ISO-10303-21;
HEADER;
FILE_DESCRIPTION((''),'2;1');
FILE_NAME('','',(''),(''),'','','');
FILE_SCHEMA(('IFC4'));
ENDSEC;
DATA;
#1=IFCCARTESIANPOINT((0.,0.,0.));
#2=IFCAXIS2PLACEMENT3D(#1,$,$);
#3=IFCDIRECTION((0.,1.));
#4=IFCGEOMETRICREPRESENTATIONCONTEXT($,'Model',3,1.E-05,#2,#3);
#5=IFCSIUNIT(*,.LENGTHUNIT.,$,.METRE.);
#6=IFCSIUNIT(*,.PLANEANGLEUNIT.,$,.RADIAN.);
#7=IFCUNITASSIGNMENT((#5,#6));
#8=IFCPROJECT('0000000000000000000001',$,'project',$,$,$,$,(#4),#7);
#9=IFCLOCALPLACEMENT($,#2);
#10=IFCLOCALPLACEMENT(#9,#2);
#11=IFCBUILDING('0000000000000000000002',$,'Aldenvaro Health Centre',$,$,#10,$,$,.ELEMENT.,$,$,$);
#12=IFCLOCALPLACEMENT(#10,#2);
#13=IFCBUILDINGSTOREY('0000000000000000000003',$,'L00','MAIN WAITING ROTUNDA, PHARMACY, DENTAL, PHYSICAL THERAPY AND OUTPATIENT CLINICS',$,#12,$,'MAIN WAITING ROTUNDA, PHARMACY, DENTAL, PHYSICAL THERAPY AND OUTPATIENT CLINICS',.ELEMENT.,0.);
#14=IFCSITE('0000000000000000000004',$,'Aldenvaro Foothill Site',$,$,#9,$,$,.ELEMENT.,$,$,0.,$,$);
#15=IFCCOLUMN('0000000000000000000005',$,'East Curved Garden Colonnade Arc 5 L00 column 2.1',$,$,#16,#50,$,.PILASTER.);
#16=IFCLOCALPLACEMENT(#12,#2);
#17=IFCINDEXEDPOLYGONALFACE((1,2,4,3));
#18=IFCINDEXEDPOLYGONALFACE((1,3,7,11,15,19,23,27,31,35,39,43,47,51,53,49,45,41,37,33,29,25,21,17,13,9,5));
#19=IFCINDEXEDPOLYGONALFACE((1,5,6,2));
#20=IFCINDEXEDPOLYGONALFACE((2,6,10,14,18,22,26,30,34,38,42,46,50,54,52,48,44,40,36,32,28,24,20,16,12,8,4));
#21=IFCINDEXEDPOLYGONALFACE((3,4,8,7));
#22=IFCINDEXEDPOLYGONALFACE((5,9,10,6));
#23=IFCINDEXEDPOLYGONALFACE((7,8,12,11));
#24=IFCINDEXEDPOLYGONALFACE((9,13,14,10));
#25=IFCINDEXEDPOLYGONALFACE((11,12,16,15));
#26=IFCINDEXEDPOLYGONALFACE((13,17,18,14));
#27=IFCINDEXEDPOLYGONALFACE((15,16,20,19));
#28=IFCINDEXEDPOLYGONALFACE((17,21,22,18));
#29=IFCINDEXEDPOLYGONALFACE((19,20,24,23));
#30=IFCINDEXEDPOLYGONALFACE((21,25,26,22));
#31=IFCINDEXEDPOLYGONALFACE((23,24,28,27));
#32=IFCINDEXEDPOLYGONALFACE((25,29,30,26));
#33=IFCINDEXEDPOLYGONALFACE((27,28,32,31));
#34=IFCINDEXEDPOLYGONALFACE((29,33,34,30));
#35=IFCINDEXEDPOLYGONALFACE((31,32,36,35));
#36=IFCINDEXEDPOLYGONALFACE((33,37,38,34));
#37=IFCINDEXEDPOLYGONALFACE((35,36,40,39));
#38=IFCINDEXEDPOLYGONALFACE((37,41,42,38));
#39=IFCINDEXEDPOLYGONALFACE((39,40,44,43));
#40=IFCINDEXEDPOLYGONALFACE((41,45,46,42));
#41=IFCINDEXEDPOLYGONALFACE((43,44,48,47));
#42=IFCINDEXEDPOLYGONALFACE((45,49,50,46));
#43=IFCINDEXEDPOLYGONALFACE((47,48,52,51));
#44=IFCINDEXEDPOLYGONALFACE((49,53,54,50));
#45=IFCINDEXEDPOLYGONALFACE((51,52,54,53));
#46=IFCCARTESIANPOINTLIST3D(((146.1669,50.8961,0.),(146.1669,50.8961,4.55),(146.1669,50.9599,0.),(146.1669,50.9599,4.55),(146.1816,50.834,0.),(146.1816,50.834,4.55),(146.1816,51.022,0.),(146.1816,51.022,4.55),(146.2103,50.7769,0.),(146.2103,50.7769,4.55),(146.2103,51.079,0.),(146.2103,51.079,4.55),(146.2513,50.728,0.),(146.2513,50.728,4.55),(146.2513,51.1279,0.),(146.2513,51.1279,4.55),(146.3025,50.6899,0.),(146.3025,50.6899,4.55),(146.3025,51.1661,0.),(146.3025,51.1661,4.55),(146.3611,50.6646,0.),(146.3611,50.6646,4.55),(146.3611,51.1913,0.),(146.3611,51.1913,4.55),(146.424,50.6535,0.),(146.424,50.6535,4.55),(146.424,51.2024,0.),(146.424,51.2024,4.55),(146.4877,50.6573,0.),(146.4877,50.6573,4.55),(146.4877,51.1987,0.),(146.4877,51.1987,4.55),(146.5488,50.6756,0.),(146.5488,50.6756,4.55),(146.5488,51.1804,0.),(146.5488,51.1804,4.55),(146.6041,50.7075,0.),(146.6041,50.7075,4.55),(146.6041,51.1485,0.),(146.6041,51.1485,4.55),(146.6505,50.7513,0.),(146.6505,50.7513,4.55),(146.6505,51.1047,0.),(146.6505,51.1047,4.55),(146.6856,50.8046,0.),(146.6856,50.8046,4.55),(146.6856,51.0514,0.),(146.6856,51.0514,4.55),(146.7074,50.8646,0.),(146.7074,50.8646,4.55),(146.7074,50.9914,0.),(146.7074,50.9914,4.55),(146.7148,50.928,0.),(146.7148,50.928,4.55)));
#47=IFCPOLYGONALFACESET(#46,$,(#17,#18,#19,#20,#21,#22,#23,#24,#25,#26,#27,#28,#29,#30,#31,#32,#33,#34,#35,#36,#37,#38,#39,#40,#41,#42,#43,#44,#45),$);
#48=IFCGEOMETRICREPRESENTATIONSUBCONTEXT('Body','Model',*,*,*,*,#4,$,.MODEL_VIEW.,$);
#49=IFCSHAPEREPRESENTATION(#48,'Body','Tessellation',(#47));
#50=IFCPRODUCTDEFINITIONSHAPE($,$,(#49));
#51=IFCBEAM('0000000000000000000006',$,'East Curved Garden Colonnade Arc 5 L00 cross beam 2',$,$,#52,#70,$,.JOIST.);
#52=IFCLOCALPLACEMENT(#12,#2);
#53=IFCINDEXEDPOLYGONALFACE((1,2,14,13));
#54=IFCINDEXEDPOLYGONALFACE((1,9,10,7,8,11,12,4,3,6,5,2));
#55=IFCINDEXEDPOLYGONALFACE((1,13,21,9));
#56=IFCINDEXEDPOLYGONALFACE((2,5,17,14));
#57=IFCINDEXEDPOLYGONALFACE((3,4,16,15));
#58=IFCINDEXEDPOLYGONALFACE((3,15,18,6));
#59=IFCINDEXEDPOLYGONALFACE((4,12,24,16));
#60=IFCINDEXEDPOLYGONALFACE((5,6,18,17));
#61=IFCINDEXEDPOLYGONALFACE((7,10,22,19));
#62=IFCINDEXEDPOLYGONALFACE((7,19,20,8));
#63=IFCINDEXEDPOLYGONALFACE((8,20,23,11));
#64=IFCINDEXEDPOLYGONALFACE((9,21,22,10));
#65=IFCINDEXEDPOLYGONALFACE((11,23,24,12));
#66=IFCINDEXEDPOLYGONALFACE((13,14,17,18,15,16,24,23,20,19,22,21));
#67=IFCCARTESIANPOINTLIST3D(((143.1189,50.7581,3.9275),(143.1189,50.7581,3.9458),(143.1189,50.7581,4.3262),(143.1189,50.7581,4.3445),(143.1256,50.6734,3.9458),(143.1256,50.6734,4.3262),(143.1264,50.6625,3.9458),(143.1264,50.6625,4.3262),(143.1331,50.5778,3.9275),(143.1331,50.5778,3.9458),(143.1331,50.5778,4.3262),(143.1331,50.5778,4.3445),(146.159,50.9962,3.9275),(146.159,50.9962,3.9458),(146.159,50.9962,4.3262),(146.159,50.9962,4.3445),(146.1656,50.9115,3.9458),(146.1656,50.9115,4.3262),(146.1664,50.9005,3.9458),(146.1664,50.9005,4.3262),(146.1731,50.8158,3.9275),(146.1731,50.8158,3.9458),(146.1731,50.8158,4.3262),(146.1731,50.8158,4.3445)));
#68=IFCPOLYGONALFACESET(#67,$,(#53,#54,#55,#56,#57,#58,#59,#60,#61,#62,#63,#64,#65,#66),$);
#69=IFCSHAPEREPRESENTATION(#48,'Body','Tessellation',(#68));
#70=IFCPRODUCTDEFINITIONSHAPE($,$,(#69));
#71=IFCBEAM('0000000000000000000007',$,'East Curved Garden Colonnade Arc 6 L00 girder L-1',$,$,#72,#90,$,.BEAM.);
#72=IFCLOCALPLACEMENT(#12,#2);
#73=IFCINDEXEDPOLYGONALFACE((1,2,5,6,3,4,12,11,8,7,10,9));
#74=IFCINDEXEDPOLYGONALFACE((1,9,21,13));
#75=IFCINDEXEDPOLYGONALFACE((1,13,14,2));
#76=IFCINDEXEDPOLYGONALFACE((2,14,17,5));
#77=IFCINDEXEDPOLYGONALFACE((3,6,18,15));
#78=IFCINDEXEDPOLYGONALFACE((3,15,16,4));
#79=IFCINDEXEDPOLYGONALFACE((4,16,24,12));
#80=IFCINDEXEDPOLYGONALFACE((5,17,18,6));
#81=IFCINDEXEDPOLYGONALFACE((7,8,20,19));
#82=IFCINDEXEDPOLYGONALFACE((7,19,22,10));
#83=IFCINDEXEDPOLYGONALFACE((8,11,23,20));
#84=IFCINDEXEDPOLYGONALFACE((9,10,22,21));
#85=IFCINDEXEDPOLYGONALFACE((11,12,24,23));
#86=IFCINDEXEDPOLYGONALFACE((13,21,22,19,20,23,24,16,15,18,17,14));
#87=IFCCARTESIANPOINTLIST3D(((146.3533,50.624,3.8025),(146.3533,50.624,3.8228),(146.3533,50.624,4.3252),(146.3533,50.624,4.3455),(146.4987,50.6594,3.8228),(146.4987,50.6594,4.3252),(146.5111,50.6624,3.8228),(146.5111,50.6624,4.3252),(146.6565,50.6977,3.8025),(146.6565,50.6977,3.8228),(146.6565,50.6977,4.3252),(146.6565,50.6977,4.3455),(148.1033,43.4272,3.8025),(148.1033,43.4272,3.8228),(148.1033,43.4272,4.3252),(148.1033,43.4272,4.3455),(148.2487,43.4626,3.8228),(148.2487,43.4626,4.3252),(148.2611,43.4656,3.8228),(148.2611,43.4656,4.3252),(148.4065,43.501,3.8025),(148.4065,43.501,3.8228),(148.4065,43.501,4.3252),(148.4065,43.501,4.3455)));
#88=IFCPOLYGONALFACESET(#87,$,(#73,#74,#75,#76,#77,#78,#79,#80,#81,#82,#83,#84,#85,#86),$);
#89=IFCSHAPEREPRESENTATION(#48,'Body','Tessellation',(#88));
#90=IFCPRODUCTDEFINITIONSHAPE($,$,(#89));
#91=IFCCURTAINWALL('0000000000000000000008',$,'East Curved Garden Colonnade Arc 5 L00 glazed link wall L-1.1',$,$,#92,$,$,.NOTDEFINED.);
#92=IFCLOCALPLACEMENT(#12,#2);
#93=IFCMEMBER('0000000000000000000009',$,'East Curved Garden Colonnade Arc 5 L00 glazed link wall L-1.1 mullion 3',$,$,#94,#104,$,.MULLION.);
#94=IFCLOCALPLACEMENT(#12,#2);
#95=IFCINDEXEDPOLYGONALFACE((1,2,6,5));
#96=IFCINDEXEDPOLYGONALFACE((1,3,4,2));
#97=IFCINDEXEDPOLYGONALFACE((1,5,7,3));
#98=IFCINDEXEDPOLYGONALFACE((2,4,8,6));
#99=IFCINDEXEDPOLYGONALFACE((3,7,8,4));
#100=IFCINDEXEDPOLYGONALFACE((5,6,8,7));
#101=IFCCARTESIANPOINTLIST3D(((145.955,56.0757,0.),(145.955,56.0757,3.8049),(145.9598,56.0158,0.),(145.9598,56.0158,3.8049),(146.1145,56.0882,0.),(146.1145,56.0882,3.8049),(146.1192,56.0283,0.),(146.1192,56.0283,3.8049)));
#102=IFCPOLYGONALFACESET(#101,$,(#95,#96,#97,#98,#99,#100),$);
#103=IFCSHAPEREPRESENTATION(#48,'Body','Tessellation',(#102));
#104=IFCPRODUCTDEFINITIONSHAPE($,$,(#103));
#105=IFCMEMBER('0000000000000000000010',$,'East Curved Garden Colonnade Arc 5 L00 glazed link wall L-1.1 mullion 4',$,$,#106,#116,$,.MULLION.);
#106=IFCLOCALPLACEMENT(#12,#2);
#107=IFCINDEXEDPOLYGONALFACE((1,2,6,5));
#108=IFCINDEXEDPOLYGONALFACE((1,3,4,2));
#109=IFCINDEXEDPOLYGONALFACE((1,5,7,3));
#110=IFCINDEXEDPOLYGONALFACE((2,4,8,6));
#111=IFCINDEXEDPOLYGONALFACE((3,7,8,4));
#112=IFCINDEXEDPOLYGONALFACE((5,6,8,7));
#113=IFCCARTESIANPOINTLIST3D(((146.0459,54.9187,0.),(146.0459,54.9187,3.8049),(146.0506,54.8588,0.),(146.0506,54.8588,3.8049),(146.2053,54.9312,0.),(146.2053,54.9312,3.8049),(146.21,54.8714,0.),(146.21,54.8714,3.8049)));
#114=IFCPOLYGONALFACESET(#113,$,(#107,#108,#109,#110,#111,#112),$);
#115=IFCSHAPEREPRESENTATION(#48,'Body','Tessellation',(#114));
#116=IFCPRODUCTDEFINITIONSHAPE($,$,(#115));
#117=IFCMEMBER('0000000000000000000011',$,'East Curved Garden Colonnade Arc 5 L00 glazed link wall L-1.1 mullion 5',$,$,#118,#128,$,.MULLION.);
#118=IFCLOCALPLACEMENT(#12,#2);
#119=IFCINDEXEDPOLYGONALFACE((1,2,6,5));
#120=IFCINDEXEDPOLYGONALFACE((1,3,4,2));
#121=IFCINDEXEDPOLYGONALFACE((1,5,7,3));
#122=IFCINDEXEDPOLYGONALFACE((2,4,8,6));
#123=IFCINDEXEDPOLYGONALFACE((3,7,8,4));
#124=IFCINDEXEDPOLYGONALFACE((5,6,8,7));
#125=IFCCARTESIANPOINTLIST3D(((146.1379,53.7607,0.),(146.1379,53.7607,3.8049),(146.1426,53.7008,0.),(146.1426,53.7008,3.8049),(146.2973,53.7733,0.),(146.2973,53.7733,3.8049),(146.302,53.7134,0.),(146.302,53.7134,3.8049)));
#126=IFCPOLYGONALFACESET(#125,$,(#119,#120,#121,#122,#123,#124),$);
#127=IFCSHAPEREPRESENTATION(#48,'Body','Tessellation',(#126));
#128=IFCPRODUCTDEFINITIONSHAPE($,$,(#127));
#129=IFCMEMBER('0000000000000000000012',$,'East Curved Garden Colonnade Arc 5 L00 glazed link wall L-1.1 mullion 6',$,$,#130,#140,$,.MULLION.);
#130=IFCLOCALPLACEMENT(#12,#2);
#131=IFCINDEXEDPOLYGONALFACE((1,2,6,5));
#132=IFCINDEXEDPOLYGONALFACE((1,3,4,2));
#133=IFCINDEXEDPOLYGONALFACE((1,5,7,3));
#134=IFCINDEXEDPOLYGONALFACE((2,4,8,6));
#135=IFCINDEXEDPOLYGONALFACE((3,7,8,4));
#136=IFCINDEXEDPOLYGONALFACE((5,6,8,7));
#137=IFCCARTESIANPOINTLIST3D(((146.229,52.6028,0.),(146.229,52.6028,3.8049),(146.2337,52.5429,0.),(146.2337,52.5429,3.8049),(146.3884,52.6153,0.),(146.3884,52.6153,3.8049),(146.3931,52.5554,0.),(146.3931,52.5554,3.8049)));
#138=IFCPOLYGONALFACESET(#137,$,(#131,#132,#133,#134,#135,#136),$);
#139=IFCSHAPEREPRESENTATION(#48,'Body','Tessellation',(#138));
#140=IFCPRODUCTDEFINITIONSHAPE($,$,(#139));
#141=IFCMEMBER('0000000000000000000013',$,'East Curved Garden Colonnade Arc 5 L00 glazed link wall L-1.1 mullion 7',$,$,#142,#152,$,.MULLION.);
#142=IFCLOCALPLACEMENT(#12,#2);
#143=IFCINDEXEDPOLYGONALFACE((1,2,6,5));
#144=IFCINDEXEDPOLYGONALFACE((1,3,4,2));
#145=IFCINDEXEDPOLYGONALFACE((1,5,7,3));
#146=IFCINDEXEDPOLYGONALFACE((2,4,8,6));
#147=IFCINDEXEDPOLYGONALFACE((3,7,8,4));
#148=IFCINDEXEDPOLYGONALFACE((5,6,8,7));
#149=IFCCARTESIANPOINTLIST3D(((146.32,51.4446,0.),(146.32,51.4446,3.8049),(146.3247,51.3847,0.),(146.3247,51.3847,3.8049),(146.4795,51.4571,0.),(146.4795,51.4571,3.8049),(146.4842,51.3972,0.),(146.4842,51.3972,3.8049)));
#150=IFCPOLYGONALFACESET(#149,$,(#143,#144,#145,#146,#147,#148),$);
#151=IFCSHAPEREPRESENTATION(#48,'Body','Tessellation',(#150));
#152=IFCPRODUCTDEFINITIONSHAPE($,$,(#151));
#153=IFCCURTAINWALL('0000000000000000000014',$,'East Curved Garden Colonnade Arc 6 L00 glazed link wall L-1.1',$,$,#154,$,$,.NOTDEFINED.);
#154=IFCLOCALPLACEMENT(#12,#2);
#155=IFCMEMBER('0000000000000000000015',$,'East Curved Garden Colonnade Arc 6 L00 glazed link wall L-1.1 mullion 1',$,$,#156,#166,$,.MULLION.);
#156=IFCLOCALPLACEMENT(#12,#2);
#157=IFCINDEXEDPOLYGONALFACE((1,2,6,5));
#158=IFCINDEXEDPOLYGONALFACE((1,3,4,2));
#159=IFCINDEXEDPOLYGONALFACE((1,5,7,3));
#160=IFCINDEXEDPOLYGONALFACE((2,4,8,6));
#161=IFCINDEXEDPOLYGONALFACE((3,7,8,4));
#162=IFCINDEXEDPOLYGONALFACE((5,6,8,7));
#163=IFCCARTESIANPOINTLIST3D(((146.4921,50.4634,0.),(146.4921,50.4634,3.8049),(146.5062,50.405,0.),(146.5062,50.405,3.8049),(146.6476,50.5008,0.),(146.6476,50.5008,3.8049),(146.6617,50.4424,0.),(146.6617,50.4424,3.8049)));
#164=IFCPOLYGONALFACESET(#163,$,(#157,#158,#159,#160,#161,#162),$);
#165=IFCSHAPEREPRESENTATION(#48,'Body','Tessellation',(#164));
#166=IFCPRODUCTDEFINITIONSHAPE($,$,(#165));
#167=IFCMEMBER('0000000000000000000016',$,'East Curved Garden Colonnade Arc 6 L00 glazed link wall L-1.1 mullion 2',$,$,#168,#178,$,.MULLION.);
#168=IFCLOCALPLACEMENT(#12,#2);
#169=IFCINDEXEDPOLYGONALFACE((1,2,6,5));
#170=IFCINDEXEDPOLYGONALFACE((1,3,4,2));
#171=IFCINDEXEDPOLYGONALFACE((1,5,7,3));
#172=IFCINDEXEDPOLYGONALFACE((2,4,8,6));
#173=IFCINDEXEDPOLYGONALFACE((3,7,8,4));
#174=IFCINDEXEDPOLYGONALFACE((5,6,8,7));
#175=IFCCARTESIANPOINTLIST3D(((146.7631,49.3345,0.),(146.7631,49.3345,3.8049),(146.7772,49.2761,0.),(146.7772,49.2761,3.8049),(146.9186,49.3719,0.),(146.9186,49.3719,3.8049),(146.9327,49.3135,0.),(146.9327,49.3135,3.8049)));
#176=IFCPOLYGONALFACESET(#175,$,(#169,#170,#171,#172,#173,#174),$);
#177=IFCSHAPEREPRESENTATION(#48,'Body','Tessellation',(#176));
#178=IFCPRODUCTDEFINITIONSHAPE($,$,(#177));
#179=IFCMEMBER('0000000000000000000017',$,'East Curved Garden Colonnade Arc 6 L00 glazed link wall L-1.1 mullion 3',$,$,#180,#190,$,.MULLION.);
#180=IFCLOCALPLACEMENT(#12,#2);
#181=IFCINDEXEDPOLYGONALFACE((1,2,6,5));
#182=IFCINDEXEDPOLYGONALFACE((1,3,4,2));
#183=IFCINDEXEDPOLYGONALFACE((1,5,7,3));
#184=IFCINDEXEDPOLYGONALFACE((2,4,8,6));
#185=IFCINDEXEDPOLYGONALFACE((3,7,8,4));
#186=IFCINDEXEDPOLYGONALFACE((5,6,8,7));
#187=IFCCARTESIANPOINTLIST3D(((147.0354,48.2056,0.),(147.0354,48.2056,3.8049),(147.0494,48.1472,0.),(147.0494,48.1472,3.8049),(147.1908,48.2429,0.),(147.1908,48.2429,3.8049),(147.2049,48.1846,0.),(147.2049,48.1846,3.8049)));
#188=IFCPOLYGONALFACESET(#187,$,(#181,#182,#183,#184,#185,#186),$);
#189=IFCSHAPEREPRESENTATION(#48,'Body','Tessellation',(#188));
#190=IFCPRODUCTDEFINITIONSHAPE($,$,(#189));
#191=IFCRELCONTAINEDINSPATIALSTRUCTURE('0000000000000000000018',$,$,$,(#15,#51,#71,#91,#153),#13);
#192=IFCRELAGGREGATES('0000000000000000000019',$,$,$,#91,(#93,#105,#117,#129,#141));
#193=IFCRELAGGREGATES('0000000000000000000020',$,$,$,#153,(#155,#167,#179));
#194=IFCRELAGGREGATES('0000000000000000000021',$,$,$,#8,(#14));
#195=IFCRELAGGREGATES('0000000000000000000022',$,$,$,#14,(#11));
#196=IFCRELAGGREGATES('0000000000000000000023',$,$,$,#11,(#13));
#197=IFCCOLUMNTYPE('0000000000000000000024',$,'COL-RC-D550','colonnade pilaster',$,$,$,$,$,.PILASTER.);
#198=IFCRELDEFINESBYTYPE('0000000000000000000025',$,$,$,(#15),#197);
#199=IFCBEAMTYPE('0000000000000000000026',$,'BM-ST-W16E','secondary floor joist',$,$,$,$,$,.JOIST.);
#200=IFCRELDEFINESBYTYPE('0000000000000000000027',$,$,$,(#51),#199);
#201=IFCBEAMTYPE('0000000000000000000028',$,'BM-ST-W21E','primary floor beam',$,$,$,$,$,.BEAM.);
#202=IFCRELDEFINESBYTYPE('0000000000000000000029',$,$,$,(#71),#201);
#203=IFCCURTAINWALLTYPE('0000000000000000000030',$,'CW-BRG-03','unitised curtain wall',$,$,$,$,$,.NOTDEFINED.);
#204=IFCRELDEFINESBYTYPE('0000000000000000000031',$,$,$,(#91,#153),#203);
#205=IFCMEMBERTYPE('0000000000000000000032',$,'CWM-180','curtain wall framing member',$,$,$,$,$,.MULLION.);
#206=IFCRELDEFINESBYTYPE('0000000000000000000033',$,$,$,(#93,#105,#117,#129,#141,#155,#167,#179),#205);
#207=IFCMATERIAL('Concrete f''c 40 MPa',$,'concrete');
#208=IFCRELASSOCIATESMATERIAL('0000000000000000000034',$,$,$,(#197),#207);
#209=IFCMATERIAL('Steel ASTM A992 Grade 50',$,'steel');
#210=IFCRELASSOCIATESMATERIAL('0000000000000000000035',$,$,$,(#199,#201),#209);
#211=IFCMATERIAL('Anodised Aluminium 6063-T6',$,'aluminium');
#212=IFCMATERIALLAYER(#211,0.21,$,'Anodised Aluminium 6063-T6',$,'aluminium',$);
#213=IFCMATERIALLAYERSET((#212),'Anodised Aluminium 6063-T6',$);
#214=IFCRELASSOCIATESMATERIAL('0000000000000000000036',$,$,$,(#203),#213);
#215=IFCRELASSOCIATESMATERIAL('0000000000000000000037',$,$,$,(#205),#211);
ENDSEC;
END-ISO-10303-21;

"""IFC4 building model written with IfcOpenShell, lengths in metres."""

from ifc_helpers import new_model, si_unit, direction, frame, origin, origin_2d, place, context, subcontext, project, spatial, rectangle, circle, i_section, extrude, material, layer, layer_set, material_profile, profile_set, type_object, element, aggregate, save


model = new_model("IFC4")

# Units and contexts
model_context = context("Model", 3, precision=1e-05, world=origin(), true_north=direction((0.0, 1.0)))
body_context = subcontext(model_context, "Body", "Model", "MODEL_VIEW")
ifc_project = project(units=[si_unit("LENGTHUNIT", "METRE"), si_unit("PLANEANGLEUNIT", "RADIAN")], contexts=[model_context])

# Site, building, storey
site_placement = place(None, origin())
site = spatial("IfcSite", under=ifc_project, at=site_placement, Name="Aldenvaro Foothill Site", CompositionType="ELEMENT", RefElevation=0.0)
building_placement = place(site_placement, origin())
building = spatial("IfcBuilding", under=site, at=building_placement, Name="Aldenvaro Health Centre", CompositionType="ELEMENT")
storey_placement = place(building_placement, origin())
storey = spatial("IfcBuildingStorey", under=building, at=storey_placement, Name="L00", Description="MAIN WAITING ROTUNDA, PHARMACY, DENTAL, PHYSICAL THERAPY AND OUTPATIENT CLINICS", LongName="MAIN WAITING ROTUNDA, PHARMACY, DENTAL, PHYSICAL THERAPY AND OUTPATIENT CLINICS", CompositionType="ELEMENT", Elevation=0.0)

# Column
ifc_material_1 = material(Name="Concrete f'c 40 MPa", Category="concrete")
ifc_material_profile_1 = material_profile(ifc_material_1, circle(Radius=0.2749, at=origin_2d()), Name="RC D550", Category="concrete")
ifc_profile_set_1 = profile_set([ifc_material_profile_1], Name="Concrete f'c 40 MPa")
column_type = type_object("IfcColumnType", Name="COL-RC-D550", Description="colonnade pilaster", PredefinedType="PILASTER", material=ifc_profile_set_1)
column_placement = place(storey_placement, frame((146.4399, 50.928, 0.0), z_axis=(0.0, 0.0, 1.0), x_axis=(1.0, 0.0, 0.0)))
element("IfcColumn", 1, at=column_placement, inside=storey, type_object=column_type, Name="East Curved Garden Colonnade Arc 5 L00 column 2.1", PredefinedType="PILASTER", context=body_context, shape_type="SweptSolid", body=[
    extrude(circle(Radius=0.2749, at=origin_2d()), origin(), (0.0, 0.0, 1.0), 4.55),
])

# Beams
ifc_material_2 = material(Name="Steel ASTM A992 Grade 50", Category="steel")
ifc_material_profile_2 = material_profile(ifc_material_2, i_section(OverallWidth=0.1809, OverallDepth=0.417, WebThickness=0.011, FlangeThickness=0.0183, at=origin_2d()), Name="W16X57", Category="steel")
ifc_profile_set_2 = profile_set([ifc_material_profile_2], Name="Steel ASTM A992 Grade 50")
beam_type_1 = type_object("IfcBeamType", Name="BM-ST-W16E", Description="secondary floor joist", PredefinedType="JOIST", material=ifc_profile_set_2)
beam_1_placement = place(storey_placement, frame((146.166, 50.906, 4.136), z_axis=(-0.996949, -0.078062, 0.0), x_axis=(0.078062, -0.996949, 0.0)))
element("IfcBeam", 2, at=beam_1_placement, inside=storey, type_object=beam_type_1, Name="East Curved Garden Colonnade Arc 5 L00 cross beam 2", PredefinedType="JOIST", context=body_context, shape_type="SweptSolid", body=[
    extrude(i_section(OverallWidth=0.1809, OverallDepth=0.417, WebThickness=0.011, FlangeThickness=0.0183, at=origin_2d()), origin(), (0.0, 0.0, 1.0), 3.0493),
])
ifc_material_profile_3 = material_profile(ifc_material_2, i_section(OverallWidth=0.312, OverallDepth=0.543, WebThickness=0.0127, FlangeThickness=0.0203, at=origin_2d()), Name="W21X101", Category="steel")
ifc_profile_set_3 = profile_set([ifc_material_profile_3], Name="Steel ASTM A992 Grade 50")
beam_type_2 = type_object("IfcBeamType", Name="BM-ST-W21E", Description="primary floor beam", PredefinedType="BEAM", material=ifc_profile_set_3)
beam_2_placement = place(storey_placement, frame((146.5049, 50.6609, 4.074), z_axis=(0.236279, -0.971685, 0.0), x_axis=(0.971685, 0.236279, 0.0)))
element("IfcBeam", 3, at=beam_2_placement, inside=storey, type_object=beam_type_2, Name="East Curved Garden Colonnade Arc 6 L00 girder L-1", PredefinedType="BEAM", context=body_context, shape_type="SweptSolid", body=[
    extrude(i_section(OverallWidth=0.312, OverallDepth=0.543, WebThickness=0.0127, FlangeThickness=0.0203, at=origin_2d()), origin(), (0.0, 0.0, 1.0), 7.4065),
])

# Curtain walls, members
ifc_material_3 = material(Name="Anodised Aluminium 6063-T6", Category="aluminium")
ifc_layer_1 = layer(ifc_material_3, 0.21, Name="Anodised Aluminium 6063-T6", Category="aluminium")
ifc_layer_set_1 = layer_set([ifc_layer_1], Name="Anodised Aluminium 6063-T6")
curtain_wall_type = type_object("IfcCurtainWallType", Name="CW-BRG-03", Description="unitised curtain wall", PredefinedType="NOTDEFINED", material=ifc_layer_set_1)
curtain_wall_1_placement = place(storey_placement, origin())
curtain_wall_1 = element("IfcCurtainWall", 4, at=curtain_wall_1_placement, inside=storey, type_object=curtain_wall_type, Name="East Curved Garden Colonnade Arc 5 L00 glazed link wall L-1.1", PredefinedType="NOTDEFINED")
ifc_material_profile_4 = material_profile(ifc_material_3, rectangle(XDim=0.0601, YDim=0.1599, at=origin_2d()), Name="ALU 60x160", Category="aluminium")
ifc_profile_set_4 = profile_set([ifc_material_profile_4], Name="Anodised Aluminium 6063-T6")
member_type_1 = type_object("IfcMemberType", Name="CWM-180", Description="curtain wall framing member", PredefinedType="MULLION", material=ifc_profile_set_4)
member_1_placement = place(storey_placement, frame((146.0371, 56.052, 0.0), z_axis=(0.0, 0.0, 1.0), x_axis=(0.078496, -0.996914, 0.0)))
member_1 = element("IfcMember", 5, at=member_1_placement, type_object=member_type_1, Name="East Curved Garden Colonnade Arc 5 L00 glazed link wall L-1.1 mullion 3", PredefinedType="MULLION", context=body_context, shape_type="SweptSolid", body=[
    extrude(rectangle(XDim=0.0601, YDim=0.1599, at=origin_2d()), origin(), (0.0, 0.0, 1.0), 3.8049),
])
member_2_placement = place(storey_placement, frame((146.1279, 54.895, 0.0), z_axis=(0.0, 0.0, 1.0), x_axis=(0.078496, -0.996914, 0.0)))
member_2 = element("IfcMember", 6, at=member_2_placement, type_object=member_type_1, Name="East Curved Garden Colonnade Arc 5 L00 glazed link wall L-1.1 mullion 4", PredefinedType="MULLION", context=body_context, shape_type="SweptSolid", body=[
    extrude(rectangle(XDim=0.0601, YDim=0.1599, at=origin_2d()), origin(), (0.0, 0.0, 1.0), 3.8049),
])
member_3_placement = place(storey_placement, frame((146.22, 53.7371, 0.0), z_axis=(0.0, 0.0, 1.0), x_axis=(0.078496, -0.996914, 0.0)))
member_3 = element("IfcMember", 7, at=member_3_placement, type_object=member_type_1, Name="East Curved Garden Colonnade Arc 5 L00 glazed link wall L-1.1 mullion 5", PredefinedType="MULLION", context=body_context, shape_type="SweptSolid", body=[
    extrude(rectangle(XDim=0.0601, YDim=0.1599, at=origin_2d()), origin(), (0.0, 0.0, 1.0), 3.8049),
])
member_4_placement = place(storey_placement, frame((146.311, 52.5791, 0.0), z_axis=(0.0, 0.0, 1.0), x_axis=(0.078496, -0.996914, 0.0)))
member_4 = element("IfcMember", 8, at=member_4_placement, type_object=member_type_1, Name="East Curved Garden Colonnade Arc 5 L00 glazed link wall L-1.1 mullion 6", PredefinedType="MULLION", context=body_context, shape_type="SweptSolid", body=[
    extrude(rectangle(XDim=0.0601, YDim=0.1599, at=origin_2d()), origin(), (0.0, 0.0, 1.0), 3.8049),
])
member_5_placement = place(storey_placement, frame((146.4021, 51.4209, 0.0), z_axis=(0.0, 0.0, 1.0), x_axis=(0.078496, -0.996914, 0.0)))
member_5 = element("IfcMember", 9, at=member_5_placement, type_object=member_type_1, Name="East Curved Garden Colonnade Arc 5 L00 glazed link wall L-1.1 mullion 7", PredefinedType="MULLION", context=body_context, shape_type="SweptSolid", body=[
    extrude(rectangle(XDim=0.0601, YDim=0.1599, at=origin_2d()), origin(), (0.0, 0.0, 1.0), 3.8049),
])
curtain_wall_2_placement = place(storey_placement, origin())
curtain_wall_2 = element("IfcCurtainWall", 10, at=curtain_wall_2_placement, inside=storey, type_object=curtain_wall_type, Name="East Curved Garden Colonnade Arc 6 L00 glazed link wall L-1.1", PredefinedType="NOTDEFINED")
member_6_placement = place(storey_placement, frame((146.5769, 50.4529, 0.0), z_axis=(0.0, 0.0, 1.0), x_axis=(0.233644, -0.972322, 0.0)))
member_6 = element("IfcMember", 11, at=member_6_placement, type_object=member_type_1, Name="East Curved Garden Colonnade Arc 6 L00 glazed link wall L-1.1 mullion 1", PredefinedType="MULLION", context=body_context, shape_type="SweptSolid", body=[
    extrude(rectangle(XDim=0.0601, YDim=0.1599, at=origin_2d()), origin(), (0.0, 0.0, 1.0), 3.8049),
])
member_7_placement = place(storey_placement, frame((146.8479, 49.324, 0.0), z_axis=(0.0, 0.0, 1.0), x_axis=(0.233644, -0.972322, 0.0)))
member_7 = element("IfcMember", 12, at=member_7_placement, type_object=member_type_1, Name="East Curved Garden Colonnade Arc 6 L00 glazed link wall L-1.1 mullion 2", PredefinedType="MULLION", context=body_context, shape_type="SweptSolid", body=[
    extrude(rectangle(XDim=0.0601, YDim=0.1599, at=origin_2d()), origin(), (0.0, 0.0, 1.0), 3.8049),
])
member_8_placement = place(storey_placement, frame((147.1201, 48.1951, 0.0), z_axis=(0.0, 0.0, 1.0), x_axis=(0.233644, -0.972322, 0.0)))
member_8 = element("IfcMember", 13, at=member_8_placement, type_object=member_type_1, Name="East Curved Garden Colonnade Arc 6 L00 glazed link wall L-1.1 mullion 3", PredefinedType="MULLION", context=body_context, shape_type="SweptSolid", body=[
    extrude(rectangle(XDim=0.0601, YDim=0.1599, at=origin_2d()), origin(), (0.0, 0.0, 1.0), 3.8049),
])

aggregate(curtain_wall_1, [member_1, member_2, member_3, member_4, member_5])
aggregate(curtain_wall_2, [member_6, member_7, member_8])

save(model, "model.ifc")
